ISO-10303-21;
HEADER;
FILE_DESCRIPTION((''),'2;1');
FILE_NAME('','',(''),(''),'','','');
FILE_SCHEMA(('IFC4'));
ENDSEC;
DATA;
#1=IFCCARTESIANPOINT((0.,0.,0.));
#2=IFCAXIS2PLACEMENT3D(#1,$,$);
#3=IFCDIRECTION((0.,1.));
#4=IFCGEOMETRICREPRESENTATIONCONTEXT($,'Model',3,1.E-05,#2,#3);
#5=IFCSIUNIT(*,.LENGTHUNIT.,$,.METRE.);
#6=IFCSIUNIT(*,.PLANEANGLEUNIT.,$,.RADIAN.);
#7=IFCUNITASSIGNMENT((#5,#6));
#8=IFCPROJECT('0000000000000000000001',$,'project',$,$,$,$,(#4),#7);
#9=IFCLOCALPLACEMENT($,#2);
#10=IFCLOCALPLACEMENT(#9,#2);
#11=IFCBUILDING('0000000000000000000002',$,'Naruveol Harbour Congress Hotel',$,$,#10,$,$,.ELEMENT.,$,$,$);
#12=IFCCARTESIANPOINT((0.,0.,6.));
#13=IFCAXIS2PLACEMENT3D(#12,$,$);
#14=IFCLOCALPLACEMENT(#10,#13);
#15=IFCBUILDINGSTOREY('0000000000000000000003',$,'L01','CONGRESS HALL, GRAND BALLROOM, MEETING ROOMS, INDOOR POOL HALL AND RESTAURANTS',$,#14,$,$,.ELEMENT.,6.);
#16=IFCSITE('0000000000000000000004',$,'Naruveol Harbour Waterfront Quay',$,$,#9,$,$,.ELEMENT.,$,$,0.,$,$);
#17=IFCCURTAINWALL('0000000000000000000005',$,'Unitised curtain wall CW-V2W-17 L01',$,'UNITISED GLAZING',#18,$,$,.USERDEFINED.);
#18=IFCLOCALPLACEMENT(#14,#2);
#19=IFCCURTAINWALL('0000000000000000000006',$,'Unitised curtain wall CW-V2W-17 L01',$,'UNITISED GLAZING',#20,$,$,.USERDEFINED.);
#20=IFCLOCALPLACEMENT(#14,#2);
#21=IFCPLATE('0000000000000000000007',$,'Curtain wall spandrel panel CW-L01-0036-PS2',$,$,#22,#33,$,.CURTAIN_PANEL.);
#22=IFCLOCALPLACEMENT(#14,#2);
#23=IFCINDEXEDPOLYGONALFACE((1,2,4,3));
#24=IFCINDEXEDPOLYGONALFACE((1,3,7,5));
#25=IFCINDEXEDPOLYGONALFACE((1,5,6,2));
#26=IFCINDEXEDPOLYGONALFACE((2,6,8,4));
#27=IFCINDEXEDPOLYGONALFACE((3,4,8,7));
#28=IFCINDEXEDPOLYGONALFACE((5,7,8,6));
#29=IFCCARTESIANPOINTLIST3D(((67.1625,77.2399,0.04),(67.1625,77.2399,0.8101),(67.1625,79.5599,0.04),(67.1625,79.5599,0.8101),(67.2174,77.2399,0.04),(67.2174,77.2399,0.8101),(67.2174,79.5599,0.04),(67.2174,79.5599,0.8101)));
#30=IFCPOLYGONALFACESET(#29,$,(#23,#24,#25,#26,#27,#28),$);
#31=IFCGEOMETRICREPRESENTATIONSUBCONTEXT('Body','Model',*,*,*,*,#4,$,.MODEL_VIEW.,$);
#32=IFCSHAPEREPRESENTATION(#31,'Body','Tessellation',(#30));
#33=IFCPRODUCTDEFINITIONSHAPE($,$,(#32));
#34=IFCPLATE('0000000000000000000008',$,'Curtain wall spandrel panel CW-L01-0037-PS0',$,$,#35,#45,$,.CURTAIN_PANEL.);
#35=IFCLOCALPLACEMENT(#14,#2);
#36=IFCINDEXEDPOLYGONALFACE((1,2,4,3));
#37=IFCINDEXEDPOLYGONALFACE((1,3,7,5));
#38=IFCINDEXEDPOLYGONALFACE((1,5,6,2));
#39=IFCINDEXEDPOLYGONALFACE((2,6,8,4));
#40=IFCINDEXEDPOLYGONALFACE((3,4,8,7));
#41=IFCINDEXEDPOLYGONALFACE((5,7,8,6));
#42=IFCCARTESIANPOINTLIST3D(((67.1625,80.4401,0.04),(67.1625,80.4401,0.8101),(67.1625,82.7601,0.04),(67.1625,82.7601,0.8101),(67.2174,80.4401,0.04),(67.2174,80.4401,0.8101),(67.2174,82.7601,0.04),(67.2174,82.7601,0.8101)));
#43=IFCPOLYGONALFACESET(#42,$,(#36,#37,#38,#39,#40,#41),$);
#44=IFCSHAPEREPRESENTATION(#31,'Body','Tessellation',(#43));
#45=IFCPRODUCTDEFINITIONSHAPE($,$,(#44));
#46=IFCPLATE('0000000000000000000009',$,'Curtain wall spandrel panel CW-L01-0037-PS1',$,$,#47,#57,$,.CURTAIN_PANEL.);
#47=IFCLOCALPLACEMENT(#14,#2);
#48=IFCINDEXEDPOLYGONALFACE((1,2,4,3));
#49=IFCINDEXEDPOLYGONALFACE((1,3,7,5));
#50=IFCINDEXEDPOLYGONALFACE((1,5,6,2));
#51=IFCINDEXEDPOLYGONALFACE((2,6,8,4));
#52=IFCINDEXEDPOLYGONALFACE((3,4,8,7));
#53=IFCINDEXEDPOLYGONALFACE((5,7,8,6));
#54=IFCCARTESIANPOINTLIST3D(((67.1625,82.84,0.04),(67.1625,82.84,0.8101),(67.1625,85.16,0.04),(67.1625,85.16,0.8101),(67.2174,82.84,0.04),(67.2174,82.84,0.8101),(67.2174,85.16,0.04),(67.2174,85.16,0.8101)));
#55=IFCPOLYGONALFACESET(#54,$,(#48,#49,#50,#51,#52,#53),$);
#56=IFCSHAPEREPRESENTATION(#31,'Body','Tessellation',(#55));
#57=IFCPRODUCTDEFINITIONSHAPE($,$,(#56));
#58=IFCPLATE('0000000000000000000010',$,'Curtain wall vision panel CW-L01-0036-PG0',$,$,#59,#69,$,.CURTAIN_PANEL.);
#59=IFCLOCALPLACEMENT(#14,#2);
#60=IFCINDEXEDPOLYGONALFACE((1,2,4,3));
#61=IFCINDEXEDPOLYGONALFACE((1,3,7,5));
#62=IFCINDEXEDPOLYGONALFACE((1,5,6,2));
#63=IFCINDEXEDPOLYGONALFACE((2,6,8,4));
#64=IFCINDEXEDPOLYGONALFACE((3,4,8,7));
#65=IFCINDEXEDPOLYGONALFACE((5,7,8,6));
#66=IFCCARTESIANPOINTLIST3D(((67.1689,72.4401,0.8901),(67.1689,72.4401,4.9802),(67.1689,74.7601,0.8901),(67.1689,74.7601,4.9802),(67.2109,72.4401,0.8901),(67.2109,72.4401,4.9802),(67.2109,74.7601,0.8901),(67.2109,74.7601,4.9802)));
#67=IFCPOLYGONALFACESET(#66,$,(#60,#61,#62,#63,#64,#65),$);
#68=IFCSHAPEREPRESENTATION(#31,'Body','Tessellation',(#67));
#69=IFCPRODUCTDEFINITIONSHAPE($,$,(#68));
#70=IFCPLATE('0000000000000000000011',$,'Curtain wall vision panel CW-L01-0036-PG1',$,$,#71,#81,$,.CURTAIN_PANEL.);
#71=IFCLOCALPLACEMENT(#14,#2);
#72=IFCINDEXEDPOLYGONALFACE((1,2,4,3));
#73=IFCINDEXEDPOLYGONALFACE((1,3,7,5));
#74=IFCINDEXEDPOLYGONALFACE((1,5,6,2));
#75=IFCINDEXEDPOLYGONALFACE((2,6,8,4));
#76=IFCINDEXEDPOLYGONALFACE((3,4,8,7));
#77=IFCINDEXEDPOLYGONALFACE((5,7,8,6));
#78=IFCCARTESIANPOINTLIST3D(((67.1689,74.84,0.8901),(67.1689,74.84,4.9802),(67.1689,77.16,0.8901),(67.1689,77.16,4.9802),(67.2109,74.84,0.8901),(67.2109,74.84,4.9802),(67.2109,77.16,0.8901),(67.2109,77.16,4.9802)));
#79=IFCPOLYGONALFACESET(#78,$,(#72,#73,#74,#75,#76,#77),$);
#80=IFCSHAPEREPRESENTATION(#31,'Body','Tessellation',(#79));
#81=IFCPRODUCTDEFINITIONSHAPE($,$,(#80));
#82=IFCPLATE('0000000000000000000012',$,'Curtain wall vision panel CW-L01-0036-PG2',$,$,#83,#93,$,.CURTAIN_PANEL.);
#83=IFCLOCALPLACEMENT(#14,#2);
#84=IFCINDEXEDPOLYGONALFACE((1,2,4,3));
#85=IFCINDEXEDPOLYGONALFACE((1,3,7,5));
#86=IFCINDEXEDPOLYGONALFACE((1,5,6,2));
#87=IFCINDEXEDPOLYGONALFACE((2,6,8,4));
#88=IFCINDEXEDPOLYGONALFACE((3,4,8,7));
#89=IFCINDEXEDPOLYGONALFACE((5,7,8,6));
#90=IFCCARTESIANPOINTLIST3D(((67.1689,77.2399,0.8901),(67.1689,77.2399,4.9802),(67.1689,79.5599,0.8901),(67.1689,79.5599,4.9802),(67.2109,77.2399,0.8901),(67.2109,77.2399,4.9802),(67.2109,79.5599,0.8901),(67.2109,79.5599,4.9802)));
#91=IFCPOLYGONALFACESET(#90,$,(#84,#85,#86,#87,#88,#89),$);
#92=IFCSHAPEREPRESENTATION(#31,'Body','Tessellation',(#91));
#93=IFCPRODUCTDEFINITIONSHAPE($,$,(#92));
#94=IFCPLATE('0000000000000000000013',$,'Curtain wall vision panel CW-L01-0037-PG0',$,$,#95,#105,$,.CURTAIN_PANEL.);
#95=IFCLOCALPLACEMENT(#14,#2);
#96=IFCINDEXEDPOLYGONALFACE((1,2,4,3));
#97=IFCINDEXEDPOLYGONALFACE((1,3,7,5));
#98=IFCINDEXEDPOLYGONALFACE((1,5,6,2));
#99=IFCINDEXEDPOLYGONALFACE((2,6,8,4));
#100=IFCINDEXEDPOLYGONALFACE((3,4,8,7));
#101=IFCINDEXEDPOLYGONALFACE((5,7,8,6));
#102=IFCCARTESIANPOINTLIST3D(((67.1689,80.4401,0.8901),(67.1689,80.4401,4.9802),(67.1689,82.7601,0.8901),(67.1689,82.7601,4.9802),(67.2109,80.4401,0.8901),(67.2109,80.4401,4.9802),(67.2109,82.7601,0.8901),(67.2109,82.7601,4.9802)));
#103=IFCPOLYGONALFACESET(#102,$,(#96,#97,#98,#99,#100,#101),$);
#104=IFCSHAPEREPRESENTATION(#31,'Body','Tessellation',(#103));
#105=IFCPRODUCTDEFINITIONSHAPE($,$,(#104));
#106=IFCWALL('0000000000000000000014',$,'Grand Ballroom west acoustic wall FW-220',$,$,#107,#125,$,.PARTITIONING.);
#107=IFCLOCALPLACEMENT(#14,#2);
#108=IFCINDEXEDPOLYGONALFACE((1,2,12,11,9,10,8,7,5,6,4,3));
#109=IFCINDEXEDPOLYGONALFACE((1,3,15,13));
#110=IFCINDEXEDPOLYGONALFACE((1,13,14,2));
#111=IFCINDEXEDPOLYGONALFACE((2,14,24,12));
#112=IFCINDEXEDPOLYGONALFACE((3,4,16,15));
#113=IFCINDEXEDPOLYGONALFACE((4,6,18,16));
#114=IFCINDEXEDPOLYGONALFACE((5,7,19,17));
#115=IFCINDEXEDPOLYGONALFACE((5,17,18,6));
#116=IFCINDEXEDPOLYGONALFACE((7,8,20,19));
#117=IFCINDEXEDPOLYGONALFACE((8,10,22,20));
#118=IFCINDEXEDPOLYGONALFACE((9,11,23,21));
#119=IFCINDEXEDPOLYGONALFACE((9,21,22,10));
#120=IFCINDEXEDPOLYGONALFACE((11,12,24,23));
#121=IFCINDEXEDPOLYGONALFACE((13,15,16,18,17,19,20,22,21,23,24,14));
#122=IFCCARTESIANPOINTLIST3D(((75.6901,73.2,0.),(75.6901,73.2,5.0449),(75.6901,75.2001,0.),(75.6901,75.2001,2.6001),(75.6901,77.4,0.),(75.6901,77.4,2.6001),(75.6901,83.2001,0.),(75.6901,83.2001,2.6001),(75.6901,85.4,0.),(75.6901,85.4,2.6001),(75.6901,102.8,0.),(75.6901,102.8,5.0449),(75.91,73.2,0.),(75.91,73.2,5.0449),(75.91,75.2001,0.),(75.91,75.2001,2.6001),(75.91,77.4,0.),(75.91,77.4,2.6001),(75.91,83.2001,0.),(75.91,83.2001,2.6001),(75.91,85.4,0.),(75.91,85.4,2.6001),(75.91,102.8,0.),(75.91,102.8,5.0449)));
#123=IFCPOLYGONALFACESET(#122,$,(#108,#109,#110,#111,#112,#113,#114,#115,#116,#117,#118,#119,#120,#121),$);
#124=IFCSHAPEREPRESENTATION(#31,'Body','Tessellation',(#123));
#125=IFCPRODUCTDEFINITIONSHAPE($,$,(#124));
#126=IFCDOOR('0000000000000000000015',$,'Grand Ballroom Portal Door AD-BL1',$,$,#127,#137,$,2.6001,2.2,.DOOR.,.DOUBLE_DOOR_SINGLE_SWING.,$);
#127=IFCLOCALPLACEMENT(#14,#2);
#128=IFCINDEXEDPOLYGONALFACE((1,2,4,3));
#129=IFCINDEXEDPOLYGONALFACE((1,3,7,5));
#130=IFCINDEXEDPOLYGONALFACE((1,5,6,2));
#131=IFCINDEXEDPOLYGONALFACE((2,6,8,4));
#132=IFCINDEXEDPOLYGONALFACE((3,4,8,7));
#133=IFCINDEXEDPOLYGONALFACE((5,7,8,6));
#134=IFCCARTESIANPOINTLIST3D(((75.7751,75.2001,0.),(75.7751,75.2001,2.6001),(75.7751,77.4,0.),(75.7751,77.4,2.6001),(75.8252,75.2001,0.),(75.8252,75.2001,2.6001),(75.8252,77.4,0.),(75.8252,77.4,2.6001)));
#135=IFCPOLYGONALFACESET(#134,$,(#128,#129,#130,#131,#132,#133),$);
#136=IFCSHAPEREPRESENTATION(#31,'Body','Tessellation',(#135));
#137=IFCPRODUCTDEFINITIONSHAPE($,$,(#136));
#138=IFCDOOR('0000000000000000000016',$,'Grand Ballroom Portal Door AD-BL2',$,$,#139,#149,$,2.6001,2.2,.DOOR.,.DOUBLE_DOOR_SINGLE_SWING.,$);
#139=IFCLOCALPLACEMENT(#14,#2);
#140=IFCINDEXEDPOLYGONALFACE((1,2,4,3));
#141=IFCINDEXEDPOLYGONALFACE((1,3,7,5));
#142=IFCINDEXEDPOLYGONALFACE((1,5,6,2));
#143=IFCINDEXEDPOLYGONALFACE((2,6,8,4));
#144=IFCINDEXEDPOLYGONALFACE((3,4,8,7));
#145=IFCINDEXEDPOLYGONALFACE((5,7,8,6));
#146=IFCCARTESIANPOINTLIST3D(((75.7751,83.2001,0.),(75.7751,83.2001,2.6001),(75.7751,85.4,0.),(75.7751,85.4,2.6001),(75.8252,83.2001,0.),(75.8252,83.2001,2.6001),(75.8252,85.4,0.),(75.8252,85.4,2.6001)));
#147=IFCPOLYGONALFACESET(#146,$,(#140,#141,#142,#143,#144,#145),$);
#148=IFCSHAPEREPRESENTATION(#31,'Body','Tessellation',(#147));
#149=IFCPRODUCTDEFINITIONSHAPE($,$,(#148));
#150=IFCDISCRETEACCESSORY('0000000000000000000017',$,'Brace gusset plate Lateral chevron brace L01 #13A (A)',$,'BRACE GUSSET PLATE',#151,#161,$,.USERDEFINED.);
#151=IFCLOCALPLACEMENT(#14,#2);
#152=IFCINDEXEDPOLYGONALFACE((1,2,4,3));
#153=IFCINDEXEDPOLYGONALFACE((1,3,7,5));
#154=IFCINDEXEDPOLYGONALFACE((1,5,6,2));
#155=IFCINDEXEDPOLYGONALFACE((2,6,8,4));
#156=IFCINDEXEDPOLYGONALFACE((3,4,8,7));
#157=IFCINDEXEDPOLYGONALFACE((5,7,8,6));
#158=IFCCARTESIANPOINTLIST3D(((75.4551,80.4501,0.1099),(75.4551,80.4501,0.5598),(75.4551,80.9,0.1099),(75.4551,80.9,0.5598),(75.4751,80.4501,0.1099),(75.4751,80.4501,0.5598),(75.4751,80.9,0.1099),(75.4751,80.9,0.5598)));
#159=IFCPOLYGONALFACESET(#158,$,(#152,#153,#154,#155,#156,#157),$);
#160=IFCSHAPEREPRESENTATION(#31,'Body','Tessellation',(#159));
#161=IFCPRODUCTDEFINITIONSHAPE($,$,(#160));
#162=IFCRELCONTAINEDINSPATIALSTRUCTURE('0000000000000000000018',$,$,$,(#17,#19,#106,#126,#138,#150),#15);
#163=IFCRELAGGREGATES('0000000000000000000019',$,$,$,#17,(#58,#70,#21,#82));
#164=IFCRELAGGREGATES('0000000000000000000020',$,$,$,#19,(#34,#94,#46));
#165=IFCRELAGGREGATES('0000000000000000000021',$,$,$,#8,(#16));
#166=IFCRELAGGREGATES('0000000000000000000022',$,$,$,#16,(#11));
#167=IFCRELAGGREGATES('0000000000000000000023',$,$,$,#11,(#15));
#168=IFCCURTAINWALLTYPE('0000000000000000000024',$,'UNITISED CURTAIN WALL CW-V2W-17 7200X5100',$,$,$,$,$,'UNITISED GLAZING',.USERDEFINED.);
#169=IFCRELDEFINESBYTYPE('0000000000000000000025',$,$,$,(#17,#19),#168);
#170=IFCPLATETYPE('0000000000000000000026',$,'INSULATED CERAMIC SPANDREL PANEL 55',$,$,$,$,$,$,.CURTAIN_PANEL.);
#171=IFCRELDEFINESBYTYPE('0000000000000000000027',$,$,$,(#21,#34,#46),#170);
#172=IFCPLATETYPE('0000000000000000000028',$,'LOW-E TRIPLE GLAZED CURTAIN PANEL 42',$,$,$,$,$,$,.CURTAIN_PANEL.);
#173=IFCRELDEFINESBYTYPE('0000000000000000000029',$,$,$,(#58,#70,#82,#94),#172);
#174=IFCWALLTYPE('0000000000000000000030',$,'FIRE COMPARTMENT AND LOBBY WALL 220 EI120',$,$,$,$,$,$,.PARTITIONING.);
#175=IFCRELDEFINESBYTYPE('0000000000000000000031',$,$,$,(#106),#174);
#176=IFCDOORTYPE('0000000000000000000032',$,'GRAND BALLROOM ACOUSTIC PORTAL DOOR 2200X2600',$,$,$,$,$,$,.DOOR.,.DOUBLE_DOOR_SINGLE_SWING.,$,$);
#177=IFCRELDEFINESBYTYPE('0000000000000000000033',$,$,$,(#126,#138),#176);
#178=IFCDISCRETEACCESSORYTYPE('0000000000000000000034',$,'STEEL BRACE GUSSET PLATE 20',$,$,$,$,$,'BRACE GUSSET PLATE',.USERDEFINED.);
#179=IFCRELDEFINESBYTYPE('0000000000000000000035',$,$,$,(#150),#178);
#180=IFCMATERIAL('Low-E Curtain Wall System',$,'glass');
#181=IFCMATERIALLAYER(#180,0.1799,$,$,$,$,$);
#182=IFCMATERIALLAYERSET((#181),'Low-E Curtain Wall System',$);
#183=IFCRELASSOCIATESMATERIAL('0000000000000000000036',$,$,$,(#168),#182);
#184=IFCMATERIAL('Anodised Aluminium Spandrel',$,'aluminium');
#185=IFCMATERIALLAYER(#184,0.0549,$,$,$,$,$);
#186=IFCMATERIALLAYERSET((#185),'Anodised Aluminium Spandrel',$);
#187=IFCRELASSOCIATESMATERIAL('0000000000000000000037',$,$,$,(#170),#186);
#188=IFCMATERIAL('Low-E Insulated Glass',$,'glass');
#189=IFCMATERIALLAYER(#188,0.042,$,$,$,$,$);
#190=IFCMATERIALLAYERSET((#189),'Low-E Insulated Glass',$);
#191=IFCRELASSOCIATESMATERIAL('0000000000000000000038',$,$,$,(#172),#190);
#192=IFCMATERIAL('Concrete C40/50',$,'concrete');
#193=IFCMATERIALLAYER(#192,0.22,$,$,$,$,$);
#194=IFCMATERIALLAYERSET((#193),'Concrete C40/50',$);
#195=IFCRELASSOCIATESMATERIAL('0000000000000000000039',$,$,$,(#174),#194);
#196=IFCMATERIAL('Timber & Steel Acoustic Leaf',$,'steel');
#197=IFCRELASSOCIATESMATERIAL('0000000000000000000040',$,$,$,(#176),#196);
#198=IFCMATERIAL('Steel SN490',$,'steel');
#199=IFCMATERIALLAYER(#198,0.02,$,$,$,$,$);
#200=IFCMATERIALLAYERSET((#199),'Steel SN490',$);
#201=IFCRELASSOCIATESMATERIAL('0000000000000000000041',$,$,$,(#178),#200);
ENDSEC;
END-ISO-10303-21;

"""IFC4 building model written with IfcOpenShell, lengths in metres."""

from ifc_helpers import new_model, si_unit, direction, frame, frame_2d, origin, origin_2d, place, context, subcontext, project, spatial, rectangle, extrude, material, layer, layer_set, type_object, element, fill, aggregate, save


model = new_model("IFC4")

# Units and contexts
model_context = context("Model", 3, precision=1e-05, world=origin(), true_north=direction((0.0, 1.0)))
body_context = subcontext(model_context, "Body", "Model", "MODEL_VIEW")
ifc_project = project(units=[si_unit("LENGTHUNIT", "METRE"), si_unit("PLANEANGLEUNIT", "RADIAN")], contexts=[model_context])

# Site, building, storey
site_placement = place(None, origin())
site = spatial("IfcSite", under=ifc_project, at=site_placement, Name="Naruveol Harbour Waterfront Quay", CompositionType="ELEMENT", RefElevation=0.0)
building_placement = place(site_placement, origin())
building = spatial("IfcBuilding", under=site, at=building_placement, Name="Naruveol Harbour Congress Hotel", CompositionType="ELEMENT")
storey_placement = place(building_placement, frame((0.0, 0.0, 6.0)))
storey = spatial("IfcBuildingStorey", under=building, at=storey_placement, Name="L01", Description="CONGRESS HALL, GRAND BALLROOM, MEETING ROOMS, INDOOR POOL HALL AND RESTAURANTS", CompositionType="ELEMENT", Elevation=6.0)

# Curtain walls
ifc_material_1 = material(Name="Low-E Curtain Wall System", Category="glass")
ifc_layer_1 = layer(ifc_material_1, 0.1799)
ifc_layer_set_1 = layer_set([ifc_layer_1], Name="Low-E Curtain Wall System")
curtain_wall_type = type_object("IfcCurtainWallType", Name="UNITISED CURTAIN WALL CW-V2W-17 7200X5100", ElementType="UNITISED GLAZING", PredefinedType="USERDEFINED", material=ifc_layer_set_1)
curtain_wall_1_placement = place(storey_placement, origin())
curtain_wall_1 = element("IfcCurtainWall", 1, at=curtain_wall_1_placement, inside=storey, type_object=curtain_wall_type, Name="Unitised curtain wall CW-V2W-17 L01", ObjectType="UNITISED GLAZING", PredefinedType="USERDEFINED")
curtain_wall_2_placement = place(storey_placement, origin())
curtain_wall_2 = element("IfcCurtainWall", 2, at=curtain_wall_2_placement, inside=storey, type_object=curtain_wall_type, Name="Unitised curtain wall CW-V2W-17 L01", ObjectType="UNITISED GLAZING", PredefinedType="USERDEFINED")

# Plates
ifc_material_2 = material(Name="Anodised Aluminium Spandrel", Category="aluminium")
ifc_layer_2 = layer(ifc_material_2, 0.0549)
ifc_layer_set_2 = layer_set([ifc_layer_2], Name="Anodised Aluminium Spandrel")
plate_type_1 = type_object("IfcPlateType", Name="INSULATED CERAMIC SPANDREL PANEL 55", PredefinedType="CURTAIN_PANEL", material=ifc_layer_set_2)
plate_1_placement = place(storey_placement, frame((67.1899, 78.3999, 0.04), z_axis=(0.0, 0.0, 1.0), x_axis=(0.0, 1.0, 0.0)))
plate_1 = element("IfcPlate", 3, at=plate_1_placement, type_object=plate_type_1, Name="Curtain wall spandrel panel CW-L01-0036-PS2", PredefinedType="CURTAIN_PANEL", context=body_context, shape_type="SweptSolid", body=[
    extrude(rectangle(XDim=2.3201, YDim=0.0549, at=origin_2d()), origin(), (0.0, 0.0, 1.0), 0.77),
])
plate_2_placement = place(storey_placement, frame((67.1899, 81.6001, 0.04), z_axis=(0.0, 0.0, 1.0), x_axis=(0.0, 1.0, 0.0)))
plate_2 = element("IfcPlate", 4, at=plate_2_placement, type_object=plate_type_1, Name="Curtain wall spandrel panel CW-L01-0037-PS0", PredefinedType="CURTAIN_PANEL", context=body_context, shape_type="SweptSolid", body=[
    extrude(rectangle(XDim=2.3201, YDim=0.0549, at=origin_2d()), origin(), (0.0, 0.0, 1.0), 0.77),
])
plate_3_placement = place(storey_placement, frame((67.1899, 84.0, 0.04), z_axis=(0.0, 0.0, 1.0), x_axis=(0.0, 1.0, 0.0)))
plate_3 = element("IfcPlate", 5, at=plate_3_placement, type_object=plate_type_1, Name="Curtain wall spandrel panel CW-L01-0037-PS1", PredefinedType="CURTAIN_PANEL", context=body_context, shape_type="SweptSolid", body=[
    extrude(rectangle(XDim=2.3201, YDim=0.0549, at=origin_2d()), origin(), (0.0, 0.0, 1.0), 0.77),
])
ifc_material_3 = material(Name="Low-E Insulated Glass", Category="glass")
ifc_layer_3 = layer(ifc_material_3, 0.042)
ifc_layer_set_3 = layer_set([ifc_layer_3], Name="Low-E Insulated Glass")
plate_type_2 = type_object("IfcPlateType", Name="LOW-E TRIPLE GLAZED CURTAIN PANEL 42", PredefinedType="CURTAIN_PANEL", material=ifc_layer_set_3)
plate_4_placement = place(storey_placement, frame((67.1899, 73.6001, 0.8901), z_axis=(0.0, 0.0, 1.0), x_axis=(0.0, 1.0, 0.0)))
plate_4 = element("IfcPlate", 6, at=plate_4_placement, type_object=plate_type_2, Name="Curtain wall vision panel CW-L01-0036-PG0", PredefinedType="CURTAIN_PANEL", context=body_context, shape_type="SweptSolid", body=[
    extrude(rectangle(XDim=2.3201, YDim=0.042, at=origin_2d()), origin(), (0.0, 0.0, 1.0), 4.0901),
])
plate_5_placement = place(storey_placement, frame((67.1899, 76.0, 0.8901), z_axis=(0.0, 0.0, 1.0), x_axis=(0.0, 1.0, 0.0)))
plate_5 = element("IfcPlate", 7, at=plate_5_placement, type_object=plate_type_2, Name="Curtain wall vision panel CW-L01-0036-PG1", PredefinedType="CURTAIN_PANEL", context=body_context, shape_type="SweptSolid", body=[
    extrude(rectangle(XDim=2.3201, YDim=0.042, at=origin_2d()), origin(), (0.0, 0.0, 1.0), 4.0901),
])
plate_6_placement = place(storey_placement, frame((67.1899, 78.3999, 0.8901), z_axis=(0.0, 0.0, 1.0), x_axis=(0.0, 1.0, 0.0)))
plate_6 = element("IfcPlate", 8, at=plate_6_placement, type_object=plate_type_2, Name="Curtain wall vision panel CW-L01-0036-PG2", PredefinedType="CURTAIN_PANEL", context=body_context, shape_type="SweptSolid", body=[
    extrude(rectangle(XDim=2.3201, YDim=0.042, at=origin_2d()), origin(), (0.0, 0.0, 1.0), 4.0901),
])
aggregate(curtain_wall_1, [plate_4, plate_5, plate_1, plate_6])
plate_7_placement = place(storey_placement, frame((67.1899, 81.6001, 0.8901), z_axis=(0.0, 0.0, 1.0), x_axis=(0.0, 1.0, 0.0)))
plate_7 = element("IfcPlate", 9, at=plate_7_placement, type_object=plate_type_2, Name="Curtain wall vision panel CW-L01-0037-PG0", PredefinedType="CURTAIN_PANEL", context=body_context, shape_type="SweptSolid", body=[
    extrude(rectangle(XDim=2.3201, YDim=0.042, at=origin_2d()), origin(), (0.0, 0.0, 1.0), 4.0901),
])
aggregate(curtain_wall_2, [plate_2, plate_7, plate_3])

# Wall, openings, doors
ifc_material_4 = material(Name="Concrete C40/50", Category="concrete")
ifc_layer_4 = layer(ifc_material_4, 0.22)
ifc_layer_set_4 = layer_set([ifc_layer_4], Name="Concrete C40/50")
wall_type = type_object("IfcWallType", Name="FIRE COMPARTMENT AND LOBBY WALL 220 EI120", PredefinedType="PARTITIONING", material=ifc_layer_set_4)
wall_placement = place(storey_placement, frame((75.8, 73.2, 0.0), z_axis=(0.0, 0.0, 1.0), x_axis=(0.0, 1.0, 0.0)))
wall = element("IfcWall", 10, at=wall_placement, inside=storey, type_object=wall_type, Name="Grand Ballroom west acoustic wall FW-220", PredefinedType="PARTITIONING", context=body_context, shape_type="SweptSolid", body=[
    extrude(rectangle(XDim=29.6001, YDim=0.22, at=frame_2d((14.8, 0.0))), origin(), (0.0, 0.0, 1.0), 5.0449),
])
opening_1_placement = place(wall_placement, frame((2.0, 0.0, 0.0)))
opening_1 = element("IfcOpeningElement", 11, at=opening_1_placement, cuts=wall, PredefinedType="OPENING", context=body_context, shape_type="SweptSolid", body=[
    extrude(rectangle(XDim=2.2, YDim=2.6001, at=frame_2d((1.1001, 1.3))), frame((0.0, 0.1199, 0.0), z_axis=(0.0, -1.0, 0.0), x_axis=(1.0, 0.0, 0.0)), (0.0, 0.0, 1.0), 0.24),
])
opening_2_placement = place(wall_placement, frame((10.0, 0.0, 0.0)))
opening_2 = element("IfcOpeningElement", 12, at=opening_2_placement, cuts=wall, PredefinedType="OPENING", context=body_context, shape_type="SweptSolid", body=[
    extrude(rectangle(XDim=2.2, YDim=2.6001, at=frame_2d((1.1001, 1.3))), frame((0.0, 0.1199, 0.0), z_axis=(0.0, -1.0, 0.0), x_axis=(1.0, 0.0, 0.0)), (0.0, 0.0, 1.0), 0.24),
])
ifc_material_5 = material(Name="Timber & Steel Acoustic Leaf", Category="steel")
door_type = type_object("IfcDoorType", Name="GRAND BALLROOM ACOUSTIC PORTAL DOOR 2200X2600", OperationType="DOUBLE_DOOR_SINGLE_SWING", PredefinedType="DOOR", material=ifc_material_5)
door_1_placement = place(opening_1_placement, origin())
door_1 = element("IfcDoor", 13, at=door_1_placement, inside=storey, type_object=door_type, Name="Grand Ballroom Portal Door AD-BL1", OperationType="DOUBLE_DOOR_SINGLE_SWING", OverallHeight=2.6001, OverallWidth=2.2, PredefinedType="DOOR", context=body_context, shape_type="SweptSolid", body=[
    extrude(rectangle(XDim=2.2, YDim=2.6001, at=frame_2d((1.1001, 1.3))), frame((0.0, 0.0249, 0.0), z_axis=(0.0, -1.0, 0.0), x_axis=(1.0, 0.0, 0.0)), (0.0, 0.0, 1.0), 0.05),
])
fill(opening_1, door_1)
door_2_placement = place(opening_2_placement, origin())
door_2 = element("IfcDoor", 14, at=door_2_placement, inside=storey, type_object=door_type, Name="Grand Ballroom Portal Door AD-BL2", OperationType="DOUBLE_DOOR_SINGLE_SWING", OverallHeight=2.6001, OverallWidth=2.2, PredefinedType="DOOR", context=body_context, shape_type="SweptSolid", body=[
    extrude(rectangle(XDim=2.2, YDim=2.6001, at=frame_2d((1.1001, 1.3))), frame((0.0, 0.0249, 0.0), z_axis=(0.0, -1.0, 0.0), x_axis=(1.0, 0.0, 0.0)), (0.0, 0.0, 1.0), 0.05),
])
fill(opening_2, door_2)

# Discrete accessory
ifc_material_6 = material(Name="Steel SN490", Category="steel")
ifc_layer_5 = layer(ifc_material_6, 0.02)
ifc_layer_set_5 = layer_set([ifc_layer_5], Name="Steel SN490")
discrete_accessory_type = type_object("IfcDiscreteAccessoryType", Name="STEEL BRACE GUSSET PLATE 20", ElementType="BRACE GUSSET PLATE", PredefinedType="USERDEFINED", material=ifc_layer_set_5)
discrete_accessory_placement = place(storey_placement, frame((75.4651, 80.675, 0.1099), z_axis=(0.0, 0.0, 1.0), x_axis=(0.0, 1.0, 0.0)))
element("IfcDiscreteAccessory", 15, at=discrete_accessory_placement, inside=storey, type_object=discrete_accessory_type, Name="Brace gusset plate Lateral chevron brace L01 #13A (A)", ObjectType="BRACE GUSSET PLATE", PredefinedType="USERDEFINED", context=body_context, shape_type="SweptSolid", body=[
    extrude(rectangle(XDim=0.45, YDim=0.02, at=origin_2d()), origin(), (0.0, 0.0, 1.0), 0.45),
])

save(model, "model.ifc")
